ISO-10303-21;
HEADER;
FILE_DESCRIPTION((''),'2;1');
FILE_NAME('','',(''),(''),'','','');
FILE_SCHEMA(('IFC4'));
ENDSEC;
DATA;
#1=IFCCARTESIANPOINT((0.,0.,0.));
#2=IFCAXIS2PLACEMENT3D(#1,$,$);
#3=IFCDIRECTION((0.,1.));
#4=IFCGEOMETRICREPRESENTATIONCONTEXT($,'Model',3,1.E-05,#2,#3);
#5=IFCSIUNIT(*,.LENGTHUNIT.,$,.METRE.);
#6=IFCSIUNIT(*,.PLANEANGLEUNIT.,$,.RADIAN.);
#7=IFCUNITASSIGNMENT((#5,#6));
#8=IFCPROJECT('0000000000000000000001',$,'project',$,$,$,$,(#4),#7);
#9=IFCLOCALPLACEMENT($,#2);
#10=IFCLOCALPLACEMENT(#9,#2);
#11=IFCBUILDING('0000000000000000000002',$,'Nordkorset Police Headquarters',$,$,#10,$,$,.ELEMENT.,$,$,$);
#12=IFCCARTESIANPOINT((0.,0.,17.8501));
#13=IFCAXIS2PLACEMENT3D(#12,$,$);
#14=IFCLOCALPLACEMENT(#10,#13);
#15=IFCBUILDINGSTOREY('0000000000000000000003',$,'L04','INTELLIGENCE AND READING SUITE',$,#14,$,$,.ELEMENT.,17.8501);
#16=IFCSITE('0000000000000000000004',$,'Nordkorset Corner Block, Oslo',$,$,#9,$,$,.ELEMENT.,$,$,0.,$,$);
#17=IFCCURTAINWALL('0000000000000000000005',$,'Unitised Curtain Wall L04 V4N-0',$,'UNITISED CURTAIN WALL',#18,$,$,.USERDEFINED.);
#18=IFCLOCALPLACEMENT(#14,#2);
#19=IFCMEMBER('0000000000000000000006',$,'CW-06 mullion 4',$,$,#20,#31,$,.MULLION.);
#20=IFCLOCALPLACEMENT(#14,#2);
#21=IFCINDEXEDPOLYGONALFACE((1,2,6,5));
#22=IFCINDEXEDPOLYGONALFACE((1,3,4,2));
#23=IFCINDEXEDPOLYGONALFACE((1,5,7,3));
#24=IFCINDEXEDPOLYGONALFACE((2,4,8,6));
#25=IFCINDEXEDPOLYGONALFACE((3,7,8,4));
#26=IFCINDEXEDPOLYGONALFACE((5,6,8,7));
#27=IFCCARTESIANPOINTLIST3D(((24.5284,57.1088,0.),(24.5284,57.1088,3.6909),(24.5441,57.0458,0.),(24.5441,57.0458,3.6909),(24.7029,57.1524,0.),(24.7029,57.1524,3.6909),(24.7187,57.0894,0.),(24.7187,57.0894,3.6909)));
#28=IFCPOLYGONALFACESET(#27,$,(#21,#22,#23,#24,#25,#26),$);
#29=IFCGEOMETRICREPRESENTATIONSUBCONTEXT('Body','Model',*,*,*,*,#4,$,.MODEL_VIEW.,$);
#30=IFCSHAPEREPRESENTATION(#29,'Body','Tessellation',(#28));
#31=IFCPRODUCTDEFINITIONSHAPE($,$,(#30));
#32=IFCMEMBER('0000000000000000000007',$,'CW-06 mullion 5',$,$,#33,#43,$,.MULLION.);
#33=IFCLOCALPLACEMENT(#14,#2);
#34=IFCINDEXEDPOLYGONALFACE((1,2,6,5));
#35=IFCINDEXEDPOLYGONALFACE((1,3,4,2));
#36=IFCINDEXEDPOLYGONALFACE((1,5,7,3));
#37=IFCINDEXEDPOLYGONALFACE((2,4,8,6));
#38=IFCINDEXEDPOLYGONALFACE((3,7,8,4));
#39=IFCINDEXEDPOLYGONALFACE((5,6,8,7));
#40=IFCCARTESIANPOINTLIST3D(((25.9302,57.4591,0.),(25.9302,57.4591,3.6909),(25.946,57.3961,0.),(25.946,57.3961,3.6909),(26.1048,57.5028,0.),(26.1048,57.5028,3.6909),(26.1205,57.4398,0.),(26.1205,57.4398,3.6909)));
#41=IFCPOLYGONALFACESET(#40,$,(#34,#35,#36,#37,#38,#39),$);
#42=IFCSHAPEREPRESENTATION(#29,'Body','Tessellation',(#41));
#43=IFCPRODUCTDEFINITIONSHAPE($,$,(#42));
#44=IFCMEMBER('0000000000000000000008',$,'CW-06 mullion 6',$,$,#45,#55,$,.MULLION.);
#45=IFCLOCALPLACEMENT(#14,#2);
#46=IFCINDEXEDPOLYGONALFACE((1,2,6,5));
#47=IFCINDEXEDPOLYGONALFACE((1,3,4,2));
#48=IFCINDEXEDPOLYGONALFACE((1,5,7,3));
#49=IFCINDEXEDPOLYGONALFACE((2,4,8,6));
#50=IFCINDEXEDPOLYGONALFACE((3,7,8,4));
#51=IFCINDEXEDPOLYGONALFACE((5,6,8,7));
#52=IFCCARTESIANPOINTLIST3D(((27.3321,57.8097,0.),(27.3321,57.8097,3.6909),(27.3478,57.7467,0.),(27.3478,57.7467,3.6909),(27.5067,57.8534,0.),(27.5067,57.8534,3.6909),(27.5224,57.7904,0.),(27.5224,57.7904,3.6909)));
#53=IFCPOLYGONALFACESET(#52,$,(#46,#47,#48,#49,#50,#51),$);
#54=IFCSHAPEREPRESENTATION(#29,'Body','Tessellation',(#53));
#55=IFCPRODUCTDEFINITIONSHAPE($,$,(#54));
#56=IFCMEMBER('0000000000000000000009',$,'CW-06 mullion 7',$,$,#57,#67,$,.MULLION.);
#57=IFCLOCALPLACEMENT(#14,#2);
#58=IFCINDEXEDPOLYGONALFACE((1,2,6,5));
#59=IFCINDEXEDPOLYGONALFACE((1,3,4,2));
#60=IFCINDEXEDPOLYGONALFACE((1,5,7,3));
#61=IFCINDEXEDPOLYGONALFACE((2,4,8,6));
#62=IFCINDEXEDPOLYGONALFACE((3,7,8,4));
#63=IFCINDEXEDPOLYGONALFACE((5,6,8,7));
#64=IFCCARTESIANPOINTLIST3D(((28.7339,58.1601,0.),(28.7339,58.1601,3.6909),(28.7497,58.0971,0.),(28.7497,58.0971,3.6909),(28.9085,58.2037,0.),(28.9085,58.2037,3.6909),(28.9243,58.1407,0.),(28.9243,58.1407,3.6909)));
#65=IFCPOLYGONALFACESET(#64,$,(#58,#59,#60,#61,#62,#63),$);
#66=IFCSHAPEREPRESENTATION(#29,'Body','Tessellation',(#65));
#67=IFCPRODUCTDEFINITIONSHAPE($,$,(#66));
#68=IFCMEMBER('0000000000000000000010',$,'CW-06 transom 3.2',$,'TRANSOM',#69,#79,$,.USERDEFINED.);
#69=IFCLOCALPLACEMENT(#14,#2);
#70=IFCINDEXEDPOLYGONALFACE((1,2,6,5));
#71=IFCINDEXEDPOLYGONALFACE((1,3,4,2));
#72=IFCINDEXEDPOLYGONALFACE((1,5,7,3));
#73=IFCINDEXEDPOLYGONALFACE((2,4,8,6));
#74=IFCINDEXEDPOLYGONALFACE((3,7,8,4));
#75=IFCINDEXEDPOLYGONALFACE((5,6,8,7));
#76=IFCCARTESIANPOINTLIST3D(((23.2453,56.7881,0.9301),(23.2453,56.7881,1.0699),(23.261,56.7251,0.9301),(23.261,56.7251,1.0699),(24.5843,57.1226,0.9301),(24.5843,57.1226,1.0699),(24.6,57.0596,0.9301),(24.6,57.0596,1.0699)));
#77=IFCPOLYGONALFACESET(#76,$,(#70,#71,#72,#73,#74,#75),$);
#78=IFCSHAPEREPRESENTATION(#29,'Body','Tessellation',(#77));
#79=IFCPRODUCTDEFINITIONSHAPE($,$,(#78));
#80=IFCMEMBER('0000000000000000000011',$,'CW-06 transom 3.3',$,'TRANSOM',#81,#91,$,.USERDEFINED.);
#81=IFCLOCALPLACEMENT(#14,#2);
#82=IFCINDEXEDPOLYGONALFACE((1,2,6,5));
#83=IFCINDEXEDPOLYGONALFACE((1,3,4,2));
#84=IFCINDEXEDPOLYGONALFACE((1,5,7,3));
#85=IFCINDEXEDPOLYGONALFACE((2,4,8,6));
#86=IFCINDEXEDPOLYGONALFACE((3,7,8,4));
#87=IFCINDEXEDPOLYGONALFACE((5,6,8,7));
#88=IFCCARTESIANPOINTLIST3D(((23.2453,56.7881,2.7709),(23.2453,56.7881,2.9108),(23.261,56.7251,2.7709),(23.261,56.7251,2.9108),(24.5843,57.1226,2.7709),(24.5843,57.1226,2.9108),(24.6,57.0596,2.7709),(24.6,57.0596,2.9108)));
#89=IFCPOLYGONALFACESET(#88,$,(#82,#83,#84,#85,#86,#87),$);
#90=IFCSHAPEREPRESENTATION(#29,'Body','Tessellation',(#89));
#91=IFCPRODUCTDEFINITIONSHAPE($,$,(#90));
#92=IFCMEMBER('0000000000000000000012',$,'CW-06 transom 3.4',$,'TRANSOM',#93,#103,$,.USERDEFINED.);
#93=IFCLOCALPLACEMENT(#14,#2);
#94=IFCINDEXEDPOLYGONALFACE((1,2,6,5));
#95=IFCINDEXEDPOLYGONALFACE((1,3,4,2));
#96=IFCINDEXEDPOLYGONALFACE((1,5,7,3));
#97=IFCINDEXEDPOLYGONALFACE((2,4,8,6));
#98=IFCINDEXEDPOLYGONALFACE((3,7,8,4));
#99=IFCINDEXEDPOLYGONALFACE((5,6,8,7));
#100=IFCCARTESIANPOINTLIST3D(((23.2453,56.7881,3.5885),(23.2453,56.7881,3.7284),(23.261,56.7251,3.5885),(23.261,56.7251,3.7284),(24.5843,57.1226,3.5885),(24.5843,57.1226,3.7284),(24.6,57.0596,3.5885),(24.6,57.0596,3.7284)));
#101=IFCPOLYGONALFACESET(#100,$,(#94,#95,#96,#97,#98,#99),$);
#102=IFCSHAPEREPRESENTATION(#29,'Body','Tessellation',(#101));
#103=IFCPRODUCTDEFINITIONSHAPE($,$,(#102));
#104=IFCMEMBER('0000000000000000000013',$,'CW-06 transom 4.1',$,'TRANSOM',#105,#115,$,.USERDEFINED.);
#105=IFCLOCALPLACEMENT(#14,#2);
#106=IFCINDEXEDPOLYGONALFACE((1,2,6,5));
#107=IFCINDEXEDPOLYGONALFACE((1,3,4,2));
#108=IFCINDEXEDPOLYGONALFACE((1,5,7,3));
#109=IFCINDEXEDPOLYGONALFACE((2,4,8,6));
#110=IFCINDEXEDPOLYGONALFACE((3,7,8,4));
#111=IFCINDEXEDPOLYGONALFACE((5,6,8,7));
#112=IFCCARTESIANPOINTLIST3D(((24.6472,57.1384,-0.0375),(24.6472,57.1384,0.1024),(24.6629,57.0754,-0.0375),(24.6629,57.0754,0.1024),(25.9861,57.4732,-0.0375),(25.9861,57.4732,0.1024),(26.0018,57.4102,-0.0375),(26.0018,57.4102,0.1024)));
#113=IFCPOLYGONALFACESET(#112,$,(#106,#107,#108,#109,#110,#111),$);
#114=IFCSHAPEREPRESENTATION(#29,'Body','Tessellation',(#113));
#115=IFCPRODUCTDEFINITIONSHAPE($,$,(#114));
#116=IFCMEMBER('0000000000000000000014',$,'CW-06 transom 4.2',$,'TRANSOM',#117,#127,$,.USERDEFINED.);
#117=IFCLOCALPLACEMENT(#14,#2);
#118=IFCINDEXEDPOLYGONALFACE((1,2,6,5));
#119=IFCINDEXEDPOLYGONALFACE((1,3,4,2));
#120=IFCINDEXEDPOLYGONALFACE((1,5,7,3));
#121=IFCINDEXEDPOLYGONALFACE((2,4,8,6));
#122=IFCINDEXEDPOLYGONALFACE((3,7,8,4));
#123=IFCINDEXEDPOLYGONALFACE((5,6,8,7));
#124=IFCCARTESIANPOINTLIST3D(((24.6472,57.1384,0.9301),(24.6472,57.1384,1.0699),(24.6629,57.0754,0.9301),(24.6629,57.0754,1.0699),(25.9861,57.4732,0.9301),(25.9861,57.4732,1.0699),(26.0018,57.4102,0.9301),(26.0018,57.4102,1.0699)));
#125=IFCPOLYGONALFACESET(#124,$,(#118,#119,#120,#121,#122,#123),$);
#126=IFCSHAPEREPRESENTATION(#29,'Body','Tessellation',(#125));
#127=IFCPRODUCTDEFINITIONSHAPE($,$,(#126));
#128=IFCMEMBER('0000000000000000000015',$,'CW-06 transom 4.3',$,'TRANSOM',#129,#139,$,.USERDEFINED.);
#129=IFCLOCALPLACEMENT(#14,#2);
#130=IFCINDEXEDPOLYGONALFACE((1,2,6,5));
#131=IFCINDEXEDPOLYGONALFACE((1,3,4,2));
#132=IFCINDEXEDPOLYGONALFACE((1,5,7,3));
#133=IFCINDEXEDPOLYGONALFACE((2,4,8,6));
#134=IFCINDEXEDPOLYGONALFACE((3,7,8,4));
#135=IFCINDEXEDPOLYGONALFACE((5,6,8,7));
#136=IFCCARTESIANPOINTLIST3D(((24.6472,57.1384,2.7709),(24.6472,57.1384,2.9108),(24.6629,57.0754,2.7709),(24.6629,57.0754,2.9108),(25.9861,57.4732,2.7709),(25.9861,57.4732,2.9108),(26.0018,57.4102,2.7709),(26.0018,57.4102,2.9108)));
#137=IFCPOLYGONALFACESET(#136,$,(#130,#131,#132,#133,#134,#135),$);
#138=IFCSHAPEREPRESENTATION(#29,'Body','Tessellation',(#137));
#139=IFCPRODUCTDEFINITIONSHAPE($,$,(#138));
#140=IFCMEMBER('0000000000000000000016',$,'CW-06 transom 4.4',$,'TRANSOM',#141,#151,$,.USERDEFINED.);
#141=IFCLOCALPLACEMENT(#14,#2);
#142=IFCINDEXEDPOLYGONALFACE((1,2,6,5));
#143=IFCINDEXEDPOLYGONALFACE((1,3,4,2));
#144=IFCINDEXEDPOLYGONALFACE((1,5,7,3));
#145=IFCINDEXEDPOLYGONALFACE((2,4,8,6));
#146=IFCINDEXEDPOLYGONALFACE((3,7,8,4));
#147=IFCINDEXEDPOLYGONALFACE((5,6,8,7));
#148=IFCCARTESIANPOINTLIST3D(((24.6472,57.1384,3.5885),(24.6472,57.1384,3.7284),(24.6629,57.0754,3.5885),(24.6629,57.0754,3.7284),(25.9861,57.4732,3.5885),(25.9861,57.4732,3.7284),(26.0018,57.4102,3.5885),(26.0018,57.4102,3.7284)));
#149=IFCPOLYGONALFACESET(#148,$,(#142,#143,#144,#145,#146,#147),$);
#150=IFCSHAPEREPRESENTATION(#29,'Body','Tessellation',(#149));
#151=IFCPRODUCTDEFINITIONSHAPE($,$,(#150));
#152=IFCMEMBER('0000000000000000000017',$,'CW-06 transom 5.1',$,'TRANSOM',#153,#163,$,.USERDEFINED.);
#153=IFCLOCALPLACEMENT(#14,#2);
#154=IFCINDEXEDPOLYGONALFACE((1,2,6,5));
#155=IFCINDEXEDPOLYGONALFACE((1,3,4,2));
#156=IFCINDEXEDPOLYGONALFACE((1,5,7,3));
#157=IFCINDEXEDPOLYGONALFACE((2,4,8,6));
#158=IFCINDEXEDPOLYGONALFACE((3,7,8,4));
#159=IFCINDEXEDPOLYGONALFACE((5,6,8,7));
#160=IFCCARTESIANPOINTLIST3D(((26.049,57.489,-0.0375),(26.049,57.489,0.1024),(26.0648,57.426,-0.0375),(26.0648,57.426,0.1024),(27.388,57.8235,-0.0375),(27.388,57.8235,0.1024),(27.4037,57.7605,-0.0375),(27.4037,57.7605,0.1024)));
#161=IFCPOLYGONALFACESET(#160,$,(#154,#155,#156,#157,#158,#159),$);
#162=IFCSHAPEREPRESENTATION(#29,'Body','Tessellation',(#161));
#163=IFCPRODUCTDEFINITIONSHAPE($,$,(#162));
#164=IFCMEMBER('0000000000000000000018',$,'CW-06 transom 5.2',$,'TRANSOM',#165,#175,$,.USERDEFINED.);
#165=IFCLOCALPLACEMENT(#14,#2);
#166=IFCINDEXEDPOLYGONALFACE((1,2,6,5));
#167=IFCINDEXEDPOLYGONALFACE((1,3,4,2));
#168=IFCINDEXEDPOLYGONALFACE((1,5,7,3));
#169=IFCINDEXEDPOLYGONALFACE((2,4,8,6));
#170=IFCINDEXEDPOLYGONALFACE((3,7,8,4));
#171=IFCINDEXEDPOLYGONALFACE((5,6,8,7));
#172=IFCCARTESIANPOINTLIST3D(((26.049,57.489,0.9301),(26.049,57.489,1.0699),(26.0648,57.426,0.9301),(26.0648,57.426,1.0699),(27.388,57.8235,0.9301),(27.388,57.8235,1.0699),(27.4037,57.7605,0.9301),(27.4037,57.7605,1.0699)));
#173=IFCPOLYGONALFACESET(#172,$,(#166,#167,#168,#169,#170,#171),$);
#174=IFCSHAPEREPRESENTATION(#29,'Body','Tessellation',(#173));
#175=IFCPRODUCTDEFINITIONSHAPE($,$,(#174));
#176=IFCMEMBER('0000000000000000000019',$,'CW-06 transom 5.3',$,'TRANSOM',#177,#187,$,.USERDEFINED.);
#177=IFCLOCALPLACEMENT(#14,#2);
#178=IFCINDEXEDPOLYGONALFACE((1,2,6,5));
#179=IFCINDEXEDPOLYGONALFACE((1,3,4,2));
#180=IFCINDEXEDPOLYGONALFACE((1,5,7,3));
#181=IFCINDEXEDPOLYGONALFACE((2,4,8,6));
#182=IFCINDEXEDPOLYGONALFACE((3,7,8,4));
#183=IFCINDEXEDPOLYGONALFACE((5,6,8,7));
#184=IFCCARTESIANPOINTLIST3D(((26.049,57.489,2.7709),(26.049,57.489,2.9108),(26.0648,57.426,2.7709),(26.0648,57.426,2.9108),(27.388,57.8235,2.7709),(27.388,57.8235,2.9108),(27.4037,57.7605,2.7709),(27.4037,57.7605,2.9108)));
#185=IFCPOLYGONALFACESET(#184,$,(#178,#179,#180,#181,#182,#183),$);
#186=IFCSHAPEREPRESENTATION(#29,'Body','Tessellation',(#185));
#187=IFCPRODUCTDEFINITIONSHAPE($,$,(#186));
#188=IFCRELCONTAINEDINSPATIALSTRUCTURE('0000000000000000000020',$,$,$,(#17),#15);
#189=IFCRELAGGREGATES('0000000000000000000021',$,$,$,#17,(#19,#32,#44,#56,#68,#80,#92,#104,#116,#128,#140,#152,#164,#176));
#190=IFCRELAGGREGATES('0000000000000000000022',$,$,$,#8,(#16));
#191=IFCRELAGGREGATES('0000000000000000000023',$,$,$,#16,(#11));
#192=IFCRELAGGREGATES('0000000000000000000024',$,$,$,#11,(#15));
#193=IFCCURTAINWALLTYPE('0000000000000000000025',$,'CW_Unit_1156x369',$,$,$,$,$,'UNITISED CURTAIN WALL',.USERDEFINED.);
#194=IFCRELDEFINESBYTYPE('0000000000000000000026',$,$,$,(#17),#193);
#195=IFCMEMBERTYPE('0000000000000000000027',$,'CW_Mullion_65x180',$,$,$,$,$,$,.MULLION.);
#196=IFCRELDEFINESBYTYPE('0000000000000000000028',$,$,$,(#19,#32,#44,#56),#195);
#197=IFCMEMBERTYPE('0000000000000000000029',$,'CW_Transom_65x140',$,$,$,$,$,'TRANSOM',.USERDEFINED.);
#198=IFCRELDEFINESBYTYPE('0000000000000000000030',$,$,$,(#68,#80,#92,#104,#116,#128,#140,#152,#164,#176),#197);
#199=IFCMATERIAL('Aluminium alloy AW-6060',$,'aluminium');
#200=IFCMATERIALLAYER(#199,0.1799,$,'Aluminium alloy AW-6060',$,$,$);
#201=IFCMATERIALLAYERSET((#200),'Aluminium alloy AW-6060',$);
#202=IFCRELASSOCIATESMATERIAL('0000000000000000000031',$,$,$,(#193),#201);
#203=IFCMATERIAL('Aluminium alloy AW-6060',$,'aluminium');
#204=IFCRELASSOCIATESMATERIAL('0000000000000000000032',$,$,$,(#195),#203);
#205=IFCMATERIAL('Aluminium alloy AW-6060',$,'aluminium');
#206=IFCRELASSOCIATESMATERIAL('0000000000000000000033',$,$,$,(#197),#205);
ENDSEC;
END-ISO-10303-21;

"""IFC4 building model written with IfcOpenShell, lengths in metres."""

from ifc_helpers import new_model, si_unit, direction, frame, origin, origin_2d, place, context, subcontext, project, spatial, rectangle, extrude, material, layer, layer_set, material_profile, profile_set, type_object, element, aggregate, save


model = new_model("IFC4")

# Units and contexts
model_context = context("Model", 3, precision=1e-05, world=origin(), true_north=direction((0.0, 1.0)))
body_context = subcontext(model_context, "Body", "Model", "MODEL_VIEW")
ifc_project = project(units=[si_unit("LENGTHUNIT", "METRE"), si_unit("PLANEANGLEUNIT", "RADIAN")], contexts=[model_context])

# Site, building, storey
site_placement = place(None, origin())
site = spatial("IfcSite", under=ifc_project, at=site_placement, Name="Nordkorset Corner Block, Oslo", CompositionType="ELEMENT", RefElevation=0.0)
building_placement = place(site_placement, origin())
building = spatial("IfcBuilding", under=site, at=building_placement, Name="Nordkorset Police Headquarters", CompositionType="ELEMENT")
storey_placement = place(building_placement, frame((0.0, 0.0, 17.8501)))
storey = spatial("IfcBuildingStorey", under=building, at=storey_placement, Name="L04", Description="INTELLIGENCE AND READING SUITE", CompositionType="ELEMENT", Elevation=17.8501)

# Curtain wall, members
ifc_material_1 = material(Name="Aluminium alloy AW-6060", Category="aluminium")
ifc_layer_1 = layer(ifc_material_1, 0.1799, Name="Aluminium alloy AW-6060")
ifc_layer_set_1 = layer_set([ifc_layer_1], Name="Aluminium alloy AW-6060")
curtain_wall_type = type_object("IfcCurtainWallType", Name="CW_Unit_1156x369", ElementType="UNITISED CURTAIN WALL", PredefinedType="USERDEFINED", material=ifc_layer_set_1)
curtain_wall_placement = place(storey_placement, origin())
curtain_wall = element("IfcCurtainWall", 1, at=curtain_wall_placement, inside=storey, type_object=curtain_wall_type, Name="Unitised Curtain Wall L04 V4N-0", ObjectType="UNITISED CURTAIN WALL", PredefinedType="USERDEFINED")
ifc_material_2 = material(Name="Aluminium alloy AW-6060", Category="aluminium")
ifc_material_profile_1 = material_profile(ifc_material_2, rectangle(XDim=0.0649, YDim=0.1799, at=origin_2d()), Name="ALU MULL 65x180")
ifc_profile_set_1 = profile_set([ifc_material_profile_1], Name="Aluminium alloy AW-6060")
member_type_1 = type_object("IfcMemberType", Name="CW_Mullion_65x180", PredefinedType="MULLION", material=ifc_profile_set_1)
member_1_placement = place(storey_placement, frame((24.6235, 57.0991, 0.0), z_axis=(0.0, 0.0, 1.0), x_axis=(-0.242536, 0.970142, 0.0)))
member_1 = element("IfcMember", 2, at=member_1_placement, type_object=member_type_1, Name="CW-06 mullion 4", PredefinedType="MULLION", context=body_context, shape_type="SweptSolid", body=[
    extrude(rectangle(XDim=0.0649, YDim=0.1799, at=origin_2d()), origin(), (0.0, 0.0, 1.0), 3.6909),
])
member_2_placement = place(storey_placement, frame((26.0254, 57.4495, 0.0), z_axis=(0.0, 0.0, 1.0), x_axis=(-0.242536, 0.970142, 0.0)))
member_2 = element("IfcMember", 3, at=member_2_placement, type_object=member_type_1, Name="CW-06 mullion 5", PredefinedType="MULLION", context=body_context, shape_type="SweptSolid", body=[
    extrude(rectangle(XDim=0.0649, YDim=0.1799, at=origin_2d()), origin(), (0.0, 0.0, 1.0), 3.6909),
])
member_3_placement = place(storey_placement, frame((27.4272, 57.8, 0.0), z_axis=(0.0, 0.0, 1.0), x_axis=(-0.242536, 0.970142, 0.0)))
member_3 = element("IfcMember", 4, at=member_3_placement, type_object=member_type_1, Name="CW-06 mullion 6", PredefinedType="MULLION", context=body_context, shape_type="SweptSolid", body=[
    extrude(rectangle(XDim=0.0649, YDim=0.1799, at=origin_2d()), origin(), (0.0, 0.0, 1.0), 3.6909),
])
member_4_placement = place(storey_placement, frame((28.8291, 58.1504, 0.0), z_axis=(0.0, 0.0, 1.0), x_axis=(-0.242536, 0.970142, 0.0)))
member_4 = element("IfcMember", 5, at=member_4_placement, type_object=member_type_1, Name="CW-06 mullion 7", PredefinedType="MULLION", context=body_context, shape_type="SweptSolid", body=[
    extrude(rectangle(XDim=0.0649, YDim=0.1799, at=origin_2d()), origin(), (0.0, 0.0, 1.0), 3.6909),
])
ifc_material_3 = material(Name="Aluminium alloy AW-6060", Category="aluminium")
ifc_material_profile_2 = material_profile(ifc_material_3, rectangle(XDim=0.0649, YDim=0.1399, at=origin_2d()), Name="ALU TRAN 65x140")
ifc_profile_set_2 = profile_set([ifc_material_profile_2], Name="Aluminium alloy AW-6060")
member_type_2 = type_object("IfcMemberType", Name="CW_Transom_65x140", ElementType="TRANSOM", PredefinedType="USERDEFINED", material=ifc_profile_set_2)
member_5_placement = place(storey_placement, frame((23.2532, 56.7566, 1.0), z_axis=(0.970184, 0.242369, 0.0), x_axis=(-0.242369, 0.970184, 0.0)))
member_5 = element("IfcMember", 6, at=member_5_placement, type_object=member_type_2, Name="CW-06 transom 3.2", ObjectType="TRANSOM", PredefinedType="USERDEFINED", context=body_context, shape_type="SweptSolid", body=[
    extrude(rectangle(XDim=0.0649, YDim=0.1399, at=origin_2d()), origin(), (0.0, 0.0, 1.0), 1.3801),
])
member_6_placement = place(storey_placement, frame((23.2532, 56.7566, 2.8408), z_axis=(0.970184, 0.242369, 0.0), x_axis=(-0.242369, 0.970184, 0.0)))
member_6 = element("IfcMember", 7, at=member_6_placement, type_object=member_type_2, Name="CW-06 transom 3.3", ObjectType="TRANSOM", PredefinedType="USERDEFINED", context=body_context, shape_type="SweptSolid", body=[
    extrude(rectangle(XDim=0.0649, YDim=0.1399, at=origin_2d()), origin(), (0.0, 0.0, 1.0), 1.3801),
])
member_7_placement = place(storey_placement, frame((23.2532, 56.7566, 3.6584), z_axis=(0.970184, 0.242369, 0.0), x_axis=(-0.242369, 0.970184, 0.0)))
member_7 = element("IfcMember", 8, at=member_7_placement, type_object=member_type_2, Name="CW-06 transom 3.4", ObjectType="TRANSOM", PredefinedType="USERDEFINED", context=body_context, shape_type="SweptSolid", body=[
    extrude(rectangle(XDim=0.0649, YDim=0.1399, at=origin_2d()), origin(), (0.0, 0.0, 1.0), 1.3801),
])
member_8_placement = place(storey_placement, frame((24.655, 57.1069, 0.0325), z_axis=(0.970143, 0.242536, 0.0), x_axis=(-0.242536, 0.970143, 0.0)))
member_8 = element("IfcMember", 9, at=member_8_placement, type_object=member_type_2, Name="CW-06 transom 4.1", ObjectType="TRANSOM", PredefinedType="USERDEFINED", context=body_context, shape_type="SweptSolid", body=[
    extrude(rectangle(XDim=0.0649, YDim=0.1399, at=origin_2d()), origin(), (0.0, 0.0, 1.0), 1.3801),
])
member_9_placement = place(storey_placement, frame((24.655, 57.1069, 1.0), z_axis=(0.970143, 0.242536, 0.0), x_axis=(-0.242536, 0.970143, 0.0)))
member_9 = element("IfcMember", 10, at=member_9_placement, type_object=member_type_2, Name="CW-06 transom 4.2", ObjectType="TRANSOM", PredefinedType="USERDEFINED", context=body_context, shape_type="SweptSolid", body=[
    extrude(rectangle(XDim=0.0649, YDim=0.1399, at=origin_2d()), origin(), (0.0, 0.0, 1.0), 1.3801),
])
member_10_placement = place(storey_placement, frame((24.655, 57.1069, 2.8408), z_axis=(0.970143, 0.242536, 0.0), x_axis=(-0.242536, 0.970143, 0.0)))
member_10 = element("IfcMember", 11, at=member_10_placement, type_object=member_type_2, Name="CW-06 transom 4.3", ObjectType="TRANSOM", PredefinedType="USERDEFINED", context=body_context, shape_type="SweptSolid", body=[
    extrude(rectangle(XDim=0.0649, YDim=0.1399, at=origin_2d()), origin(), (0.0, 0.0, 1.0), 1.3801),
])
member_11_placement = place(storey_placement, frame((24.655, 57.1069, 3.6584), z_axis=(0.970143, 0.242536, 0.0), x_axis=(-0.242536, 0.970143, 0.0)))
member_11 = element("IfcMember", 12, at=member_11_placement, type_object=member_type_2, Name="CW-06 transom 4.4", ObjectType="TRANSOM", PredefinedType="USERDEFINED", context=body_context, shape_type="SweptSolid", body=[
    extrude(rectangle(XDim=0.0649, YDim=0.1399, at=origin_2d()), origin(), (0.0, 0.0, 1.0), 1.3801),
])
member_12_placement = place(storey_placement, frame((26.0569, 57.4575, 0.0325), z_axis=(0.970184, 0.242369, 0.0), x_axis=(-0.242369, 0.970184, 0.0)))
member_12 = element("IfcMember", 13, at=member_12_placement, type_object=member_type_2, Name="CW-06 transom 5.1", ObjectType="TRANSOM", PredefinedType="USERDEFINED", context=body_context, shape_type="SweptSolid", body=[
    extrude(rectangle(XDim=0.0649, YDim=0.1399, at=origin_2d()), origin(), (0.0, 0.0, 1.0), 1.3801),
])
member_13_placement = place(storey_placement, frame((26.0569, 57.4575, 1.0), z_axis=(0.970184, 0.242369, 0.0), x_axis=(-0.242369, 0.970184, 0.0)))
member_13 = element("IfcMember", 14, at=member_13_placement, type_object=member_type_2, Name="CW-06 transom 5.2", ObjectType="TRANSOM", PredefinedType="USERDEFINED", context=body_context, shape_type="SweptSolid", body=[
    extrude(rectangle(XDim=0.0649, YDim=0.1399, at=origin_2d()), origin(), (0.0, 0.0, 1.0), 1.3801),
])
member_14_placement = place(storey_placement, frame((26.0569, 57.4575, 2.8408), z_axis=(0.970184, 0.242369, 0.0), x_axis=(-0.242369, 0.970184, 0.0)))
member_14 = element("IfcMember", 15, at=member_14_placement, type_object=member_type_2, Name="CW-06 transom 5.3", ObjectType="TRANSOM", PredefinedType="USERDEFINED", context=body_context, shape_type="SweptSolid", body=[
    extrude(rectangle(XDim=0.0649, YDim=0.1399, at=origin_2d()), origin(), (0.0, 0.0, 1.0), 1.3801),
])
aggregate(curtain_wall, [member_1, member_2, member_3, member_4, member_5, member_6, member_7, member_8, member_9, member_10, member_11, member_12, member_13, member_14])

save(model, "model.ifc")
